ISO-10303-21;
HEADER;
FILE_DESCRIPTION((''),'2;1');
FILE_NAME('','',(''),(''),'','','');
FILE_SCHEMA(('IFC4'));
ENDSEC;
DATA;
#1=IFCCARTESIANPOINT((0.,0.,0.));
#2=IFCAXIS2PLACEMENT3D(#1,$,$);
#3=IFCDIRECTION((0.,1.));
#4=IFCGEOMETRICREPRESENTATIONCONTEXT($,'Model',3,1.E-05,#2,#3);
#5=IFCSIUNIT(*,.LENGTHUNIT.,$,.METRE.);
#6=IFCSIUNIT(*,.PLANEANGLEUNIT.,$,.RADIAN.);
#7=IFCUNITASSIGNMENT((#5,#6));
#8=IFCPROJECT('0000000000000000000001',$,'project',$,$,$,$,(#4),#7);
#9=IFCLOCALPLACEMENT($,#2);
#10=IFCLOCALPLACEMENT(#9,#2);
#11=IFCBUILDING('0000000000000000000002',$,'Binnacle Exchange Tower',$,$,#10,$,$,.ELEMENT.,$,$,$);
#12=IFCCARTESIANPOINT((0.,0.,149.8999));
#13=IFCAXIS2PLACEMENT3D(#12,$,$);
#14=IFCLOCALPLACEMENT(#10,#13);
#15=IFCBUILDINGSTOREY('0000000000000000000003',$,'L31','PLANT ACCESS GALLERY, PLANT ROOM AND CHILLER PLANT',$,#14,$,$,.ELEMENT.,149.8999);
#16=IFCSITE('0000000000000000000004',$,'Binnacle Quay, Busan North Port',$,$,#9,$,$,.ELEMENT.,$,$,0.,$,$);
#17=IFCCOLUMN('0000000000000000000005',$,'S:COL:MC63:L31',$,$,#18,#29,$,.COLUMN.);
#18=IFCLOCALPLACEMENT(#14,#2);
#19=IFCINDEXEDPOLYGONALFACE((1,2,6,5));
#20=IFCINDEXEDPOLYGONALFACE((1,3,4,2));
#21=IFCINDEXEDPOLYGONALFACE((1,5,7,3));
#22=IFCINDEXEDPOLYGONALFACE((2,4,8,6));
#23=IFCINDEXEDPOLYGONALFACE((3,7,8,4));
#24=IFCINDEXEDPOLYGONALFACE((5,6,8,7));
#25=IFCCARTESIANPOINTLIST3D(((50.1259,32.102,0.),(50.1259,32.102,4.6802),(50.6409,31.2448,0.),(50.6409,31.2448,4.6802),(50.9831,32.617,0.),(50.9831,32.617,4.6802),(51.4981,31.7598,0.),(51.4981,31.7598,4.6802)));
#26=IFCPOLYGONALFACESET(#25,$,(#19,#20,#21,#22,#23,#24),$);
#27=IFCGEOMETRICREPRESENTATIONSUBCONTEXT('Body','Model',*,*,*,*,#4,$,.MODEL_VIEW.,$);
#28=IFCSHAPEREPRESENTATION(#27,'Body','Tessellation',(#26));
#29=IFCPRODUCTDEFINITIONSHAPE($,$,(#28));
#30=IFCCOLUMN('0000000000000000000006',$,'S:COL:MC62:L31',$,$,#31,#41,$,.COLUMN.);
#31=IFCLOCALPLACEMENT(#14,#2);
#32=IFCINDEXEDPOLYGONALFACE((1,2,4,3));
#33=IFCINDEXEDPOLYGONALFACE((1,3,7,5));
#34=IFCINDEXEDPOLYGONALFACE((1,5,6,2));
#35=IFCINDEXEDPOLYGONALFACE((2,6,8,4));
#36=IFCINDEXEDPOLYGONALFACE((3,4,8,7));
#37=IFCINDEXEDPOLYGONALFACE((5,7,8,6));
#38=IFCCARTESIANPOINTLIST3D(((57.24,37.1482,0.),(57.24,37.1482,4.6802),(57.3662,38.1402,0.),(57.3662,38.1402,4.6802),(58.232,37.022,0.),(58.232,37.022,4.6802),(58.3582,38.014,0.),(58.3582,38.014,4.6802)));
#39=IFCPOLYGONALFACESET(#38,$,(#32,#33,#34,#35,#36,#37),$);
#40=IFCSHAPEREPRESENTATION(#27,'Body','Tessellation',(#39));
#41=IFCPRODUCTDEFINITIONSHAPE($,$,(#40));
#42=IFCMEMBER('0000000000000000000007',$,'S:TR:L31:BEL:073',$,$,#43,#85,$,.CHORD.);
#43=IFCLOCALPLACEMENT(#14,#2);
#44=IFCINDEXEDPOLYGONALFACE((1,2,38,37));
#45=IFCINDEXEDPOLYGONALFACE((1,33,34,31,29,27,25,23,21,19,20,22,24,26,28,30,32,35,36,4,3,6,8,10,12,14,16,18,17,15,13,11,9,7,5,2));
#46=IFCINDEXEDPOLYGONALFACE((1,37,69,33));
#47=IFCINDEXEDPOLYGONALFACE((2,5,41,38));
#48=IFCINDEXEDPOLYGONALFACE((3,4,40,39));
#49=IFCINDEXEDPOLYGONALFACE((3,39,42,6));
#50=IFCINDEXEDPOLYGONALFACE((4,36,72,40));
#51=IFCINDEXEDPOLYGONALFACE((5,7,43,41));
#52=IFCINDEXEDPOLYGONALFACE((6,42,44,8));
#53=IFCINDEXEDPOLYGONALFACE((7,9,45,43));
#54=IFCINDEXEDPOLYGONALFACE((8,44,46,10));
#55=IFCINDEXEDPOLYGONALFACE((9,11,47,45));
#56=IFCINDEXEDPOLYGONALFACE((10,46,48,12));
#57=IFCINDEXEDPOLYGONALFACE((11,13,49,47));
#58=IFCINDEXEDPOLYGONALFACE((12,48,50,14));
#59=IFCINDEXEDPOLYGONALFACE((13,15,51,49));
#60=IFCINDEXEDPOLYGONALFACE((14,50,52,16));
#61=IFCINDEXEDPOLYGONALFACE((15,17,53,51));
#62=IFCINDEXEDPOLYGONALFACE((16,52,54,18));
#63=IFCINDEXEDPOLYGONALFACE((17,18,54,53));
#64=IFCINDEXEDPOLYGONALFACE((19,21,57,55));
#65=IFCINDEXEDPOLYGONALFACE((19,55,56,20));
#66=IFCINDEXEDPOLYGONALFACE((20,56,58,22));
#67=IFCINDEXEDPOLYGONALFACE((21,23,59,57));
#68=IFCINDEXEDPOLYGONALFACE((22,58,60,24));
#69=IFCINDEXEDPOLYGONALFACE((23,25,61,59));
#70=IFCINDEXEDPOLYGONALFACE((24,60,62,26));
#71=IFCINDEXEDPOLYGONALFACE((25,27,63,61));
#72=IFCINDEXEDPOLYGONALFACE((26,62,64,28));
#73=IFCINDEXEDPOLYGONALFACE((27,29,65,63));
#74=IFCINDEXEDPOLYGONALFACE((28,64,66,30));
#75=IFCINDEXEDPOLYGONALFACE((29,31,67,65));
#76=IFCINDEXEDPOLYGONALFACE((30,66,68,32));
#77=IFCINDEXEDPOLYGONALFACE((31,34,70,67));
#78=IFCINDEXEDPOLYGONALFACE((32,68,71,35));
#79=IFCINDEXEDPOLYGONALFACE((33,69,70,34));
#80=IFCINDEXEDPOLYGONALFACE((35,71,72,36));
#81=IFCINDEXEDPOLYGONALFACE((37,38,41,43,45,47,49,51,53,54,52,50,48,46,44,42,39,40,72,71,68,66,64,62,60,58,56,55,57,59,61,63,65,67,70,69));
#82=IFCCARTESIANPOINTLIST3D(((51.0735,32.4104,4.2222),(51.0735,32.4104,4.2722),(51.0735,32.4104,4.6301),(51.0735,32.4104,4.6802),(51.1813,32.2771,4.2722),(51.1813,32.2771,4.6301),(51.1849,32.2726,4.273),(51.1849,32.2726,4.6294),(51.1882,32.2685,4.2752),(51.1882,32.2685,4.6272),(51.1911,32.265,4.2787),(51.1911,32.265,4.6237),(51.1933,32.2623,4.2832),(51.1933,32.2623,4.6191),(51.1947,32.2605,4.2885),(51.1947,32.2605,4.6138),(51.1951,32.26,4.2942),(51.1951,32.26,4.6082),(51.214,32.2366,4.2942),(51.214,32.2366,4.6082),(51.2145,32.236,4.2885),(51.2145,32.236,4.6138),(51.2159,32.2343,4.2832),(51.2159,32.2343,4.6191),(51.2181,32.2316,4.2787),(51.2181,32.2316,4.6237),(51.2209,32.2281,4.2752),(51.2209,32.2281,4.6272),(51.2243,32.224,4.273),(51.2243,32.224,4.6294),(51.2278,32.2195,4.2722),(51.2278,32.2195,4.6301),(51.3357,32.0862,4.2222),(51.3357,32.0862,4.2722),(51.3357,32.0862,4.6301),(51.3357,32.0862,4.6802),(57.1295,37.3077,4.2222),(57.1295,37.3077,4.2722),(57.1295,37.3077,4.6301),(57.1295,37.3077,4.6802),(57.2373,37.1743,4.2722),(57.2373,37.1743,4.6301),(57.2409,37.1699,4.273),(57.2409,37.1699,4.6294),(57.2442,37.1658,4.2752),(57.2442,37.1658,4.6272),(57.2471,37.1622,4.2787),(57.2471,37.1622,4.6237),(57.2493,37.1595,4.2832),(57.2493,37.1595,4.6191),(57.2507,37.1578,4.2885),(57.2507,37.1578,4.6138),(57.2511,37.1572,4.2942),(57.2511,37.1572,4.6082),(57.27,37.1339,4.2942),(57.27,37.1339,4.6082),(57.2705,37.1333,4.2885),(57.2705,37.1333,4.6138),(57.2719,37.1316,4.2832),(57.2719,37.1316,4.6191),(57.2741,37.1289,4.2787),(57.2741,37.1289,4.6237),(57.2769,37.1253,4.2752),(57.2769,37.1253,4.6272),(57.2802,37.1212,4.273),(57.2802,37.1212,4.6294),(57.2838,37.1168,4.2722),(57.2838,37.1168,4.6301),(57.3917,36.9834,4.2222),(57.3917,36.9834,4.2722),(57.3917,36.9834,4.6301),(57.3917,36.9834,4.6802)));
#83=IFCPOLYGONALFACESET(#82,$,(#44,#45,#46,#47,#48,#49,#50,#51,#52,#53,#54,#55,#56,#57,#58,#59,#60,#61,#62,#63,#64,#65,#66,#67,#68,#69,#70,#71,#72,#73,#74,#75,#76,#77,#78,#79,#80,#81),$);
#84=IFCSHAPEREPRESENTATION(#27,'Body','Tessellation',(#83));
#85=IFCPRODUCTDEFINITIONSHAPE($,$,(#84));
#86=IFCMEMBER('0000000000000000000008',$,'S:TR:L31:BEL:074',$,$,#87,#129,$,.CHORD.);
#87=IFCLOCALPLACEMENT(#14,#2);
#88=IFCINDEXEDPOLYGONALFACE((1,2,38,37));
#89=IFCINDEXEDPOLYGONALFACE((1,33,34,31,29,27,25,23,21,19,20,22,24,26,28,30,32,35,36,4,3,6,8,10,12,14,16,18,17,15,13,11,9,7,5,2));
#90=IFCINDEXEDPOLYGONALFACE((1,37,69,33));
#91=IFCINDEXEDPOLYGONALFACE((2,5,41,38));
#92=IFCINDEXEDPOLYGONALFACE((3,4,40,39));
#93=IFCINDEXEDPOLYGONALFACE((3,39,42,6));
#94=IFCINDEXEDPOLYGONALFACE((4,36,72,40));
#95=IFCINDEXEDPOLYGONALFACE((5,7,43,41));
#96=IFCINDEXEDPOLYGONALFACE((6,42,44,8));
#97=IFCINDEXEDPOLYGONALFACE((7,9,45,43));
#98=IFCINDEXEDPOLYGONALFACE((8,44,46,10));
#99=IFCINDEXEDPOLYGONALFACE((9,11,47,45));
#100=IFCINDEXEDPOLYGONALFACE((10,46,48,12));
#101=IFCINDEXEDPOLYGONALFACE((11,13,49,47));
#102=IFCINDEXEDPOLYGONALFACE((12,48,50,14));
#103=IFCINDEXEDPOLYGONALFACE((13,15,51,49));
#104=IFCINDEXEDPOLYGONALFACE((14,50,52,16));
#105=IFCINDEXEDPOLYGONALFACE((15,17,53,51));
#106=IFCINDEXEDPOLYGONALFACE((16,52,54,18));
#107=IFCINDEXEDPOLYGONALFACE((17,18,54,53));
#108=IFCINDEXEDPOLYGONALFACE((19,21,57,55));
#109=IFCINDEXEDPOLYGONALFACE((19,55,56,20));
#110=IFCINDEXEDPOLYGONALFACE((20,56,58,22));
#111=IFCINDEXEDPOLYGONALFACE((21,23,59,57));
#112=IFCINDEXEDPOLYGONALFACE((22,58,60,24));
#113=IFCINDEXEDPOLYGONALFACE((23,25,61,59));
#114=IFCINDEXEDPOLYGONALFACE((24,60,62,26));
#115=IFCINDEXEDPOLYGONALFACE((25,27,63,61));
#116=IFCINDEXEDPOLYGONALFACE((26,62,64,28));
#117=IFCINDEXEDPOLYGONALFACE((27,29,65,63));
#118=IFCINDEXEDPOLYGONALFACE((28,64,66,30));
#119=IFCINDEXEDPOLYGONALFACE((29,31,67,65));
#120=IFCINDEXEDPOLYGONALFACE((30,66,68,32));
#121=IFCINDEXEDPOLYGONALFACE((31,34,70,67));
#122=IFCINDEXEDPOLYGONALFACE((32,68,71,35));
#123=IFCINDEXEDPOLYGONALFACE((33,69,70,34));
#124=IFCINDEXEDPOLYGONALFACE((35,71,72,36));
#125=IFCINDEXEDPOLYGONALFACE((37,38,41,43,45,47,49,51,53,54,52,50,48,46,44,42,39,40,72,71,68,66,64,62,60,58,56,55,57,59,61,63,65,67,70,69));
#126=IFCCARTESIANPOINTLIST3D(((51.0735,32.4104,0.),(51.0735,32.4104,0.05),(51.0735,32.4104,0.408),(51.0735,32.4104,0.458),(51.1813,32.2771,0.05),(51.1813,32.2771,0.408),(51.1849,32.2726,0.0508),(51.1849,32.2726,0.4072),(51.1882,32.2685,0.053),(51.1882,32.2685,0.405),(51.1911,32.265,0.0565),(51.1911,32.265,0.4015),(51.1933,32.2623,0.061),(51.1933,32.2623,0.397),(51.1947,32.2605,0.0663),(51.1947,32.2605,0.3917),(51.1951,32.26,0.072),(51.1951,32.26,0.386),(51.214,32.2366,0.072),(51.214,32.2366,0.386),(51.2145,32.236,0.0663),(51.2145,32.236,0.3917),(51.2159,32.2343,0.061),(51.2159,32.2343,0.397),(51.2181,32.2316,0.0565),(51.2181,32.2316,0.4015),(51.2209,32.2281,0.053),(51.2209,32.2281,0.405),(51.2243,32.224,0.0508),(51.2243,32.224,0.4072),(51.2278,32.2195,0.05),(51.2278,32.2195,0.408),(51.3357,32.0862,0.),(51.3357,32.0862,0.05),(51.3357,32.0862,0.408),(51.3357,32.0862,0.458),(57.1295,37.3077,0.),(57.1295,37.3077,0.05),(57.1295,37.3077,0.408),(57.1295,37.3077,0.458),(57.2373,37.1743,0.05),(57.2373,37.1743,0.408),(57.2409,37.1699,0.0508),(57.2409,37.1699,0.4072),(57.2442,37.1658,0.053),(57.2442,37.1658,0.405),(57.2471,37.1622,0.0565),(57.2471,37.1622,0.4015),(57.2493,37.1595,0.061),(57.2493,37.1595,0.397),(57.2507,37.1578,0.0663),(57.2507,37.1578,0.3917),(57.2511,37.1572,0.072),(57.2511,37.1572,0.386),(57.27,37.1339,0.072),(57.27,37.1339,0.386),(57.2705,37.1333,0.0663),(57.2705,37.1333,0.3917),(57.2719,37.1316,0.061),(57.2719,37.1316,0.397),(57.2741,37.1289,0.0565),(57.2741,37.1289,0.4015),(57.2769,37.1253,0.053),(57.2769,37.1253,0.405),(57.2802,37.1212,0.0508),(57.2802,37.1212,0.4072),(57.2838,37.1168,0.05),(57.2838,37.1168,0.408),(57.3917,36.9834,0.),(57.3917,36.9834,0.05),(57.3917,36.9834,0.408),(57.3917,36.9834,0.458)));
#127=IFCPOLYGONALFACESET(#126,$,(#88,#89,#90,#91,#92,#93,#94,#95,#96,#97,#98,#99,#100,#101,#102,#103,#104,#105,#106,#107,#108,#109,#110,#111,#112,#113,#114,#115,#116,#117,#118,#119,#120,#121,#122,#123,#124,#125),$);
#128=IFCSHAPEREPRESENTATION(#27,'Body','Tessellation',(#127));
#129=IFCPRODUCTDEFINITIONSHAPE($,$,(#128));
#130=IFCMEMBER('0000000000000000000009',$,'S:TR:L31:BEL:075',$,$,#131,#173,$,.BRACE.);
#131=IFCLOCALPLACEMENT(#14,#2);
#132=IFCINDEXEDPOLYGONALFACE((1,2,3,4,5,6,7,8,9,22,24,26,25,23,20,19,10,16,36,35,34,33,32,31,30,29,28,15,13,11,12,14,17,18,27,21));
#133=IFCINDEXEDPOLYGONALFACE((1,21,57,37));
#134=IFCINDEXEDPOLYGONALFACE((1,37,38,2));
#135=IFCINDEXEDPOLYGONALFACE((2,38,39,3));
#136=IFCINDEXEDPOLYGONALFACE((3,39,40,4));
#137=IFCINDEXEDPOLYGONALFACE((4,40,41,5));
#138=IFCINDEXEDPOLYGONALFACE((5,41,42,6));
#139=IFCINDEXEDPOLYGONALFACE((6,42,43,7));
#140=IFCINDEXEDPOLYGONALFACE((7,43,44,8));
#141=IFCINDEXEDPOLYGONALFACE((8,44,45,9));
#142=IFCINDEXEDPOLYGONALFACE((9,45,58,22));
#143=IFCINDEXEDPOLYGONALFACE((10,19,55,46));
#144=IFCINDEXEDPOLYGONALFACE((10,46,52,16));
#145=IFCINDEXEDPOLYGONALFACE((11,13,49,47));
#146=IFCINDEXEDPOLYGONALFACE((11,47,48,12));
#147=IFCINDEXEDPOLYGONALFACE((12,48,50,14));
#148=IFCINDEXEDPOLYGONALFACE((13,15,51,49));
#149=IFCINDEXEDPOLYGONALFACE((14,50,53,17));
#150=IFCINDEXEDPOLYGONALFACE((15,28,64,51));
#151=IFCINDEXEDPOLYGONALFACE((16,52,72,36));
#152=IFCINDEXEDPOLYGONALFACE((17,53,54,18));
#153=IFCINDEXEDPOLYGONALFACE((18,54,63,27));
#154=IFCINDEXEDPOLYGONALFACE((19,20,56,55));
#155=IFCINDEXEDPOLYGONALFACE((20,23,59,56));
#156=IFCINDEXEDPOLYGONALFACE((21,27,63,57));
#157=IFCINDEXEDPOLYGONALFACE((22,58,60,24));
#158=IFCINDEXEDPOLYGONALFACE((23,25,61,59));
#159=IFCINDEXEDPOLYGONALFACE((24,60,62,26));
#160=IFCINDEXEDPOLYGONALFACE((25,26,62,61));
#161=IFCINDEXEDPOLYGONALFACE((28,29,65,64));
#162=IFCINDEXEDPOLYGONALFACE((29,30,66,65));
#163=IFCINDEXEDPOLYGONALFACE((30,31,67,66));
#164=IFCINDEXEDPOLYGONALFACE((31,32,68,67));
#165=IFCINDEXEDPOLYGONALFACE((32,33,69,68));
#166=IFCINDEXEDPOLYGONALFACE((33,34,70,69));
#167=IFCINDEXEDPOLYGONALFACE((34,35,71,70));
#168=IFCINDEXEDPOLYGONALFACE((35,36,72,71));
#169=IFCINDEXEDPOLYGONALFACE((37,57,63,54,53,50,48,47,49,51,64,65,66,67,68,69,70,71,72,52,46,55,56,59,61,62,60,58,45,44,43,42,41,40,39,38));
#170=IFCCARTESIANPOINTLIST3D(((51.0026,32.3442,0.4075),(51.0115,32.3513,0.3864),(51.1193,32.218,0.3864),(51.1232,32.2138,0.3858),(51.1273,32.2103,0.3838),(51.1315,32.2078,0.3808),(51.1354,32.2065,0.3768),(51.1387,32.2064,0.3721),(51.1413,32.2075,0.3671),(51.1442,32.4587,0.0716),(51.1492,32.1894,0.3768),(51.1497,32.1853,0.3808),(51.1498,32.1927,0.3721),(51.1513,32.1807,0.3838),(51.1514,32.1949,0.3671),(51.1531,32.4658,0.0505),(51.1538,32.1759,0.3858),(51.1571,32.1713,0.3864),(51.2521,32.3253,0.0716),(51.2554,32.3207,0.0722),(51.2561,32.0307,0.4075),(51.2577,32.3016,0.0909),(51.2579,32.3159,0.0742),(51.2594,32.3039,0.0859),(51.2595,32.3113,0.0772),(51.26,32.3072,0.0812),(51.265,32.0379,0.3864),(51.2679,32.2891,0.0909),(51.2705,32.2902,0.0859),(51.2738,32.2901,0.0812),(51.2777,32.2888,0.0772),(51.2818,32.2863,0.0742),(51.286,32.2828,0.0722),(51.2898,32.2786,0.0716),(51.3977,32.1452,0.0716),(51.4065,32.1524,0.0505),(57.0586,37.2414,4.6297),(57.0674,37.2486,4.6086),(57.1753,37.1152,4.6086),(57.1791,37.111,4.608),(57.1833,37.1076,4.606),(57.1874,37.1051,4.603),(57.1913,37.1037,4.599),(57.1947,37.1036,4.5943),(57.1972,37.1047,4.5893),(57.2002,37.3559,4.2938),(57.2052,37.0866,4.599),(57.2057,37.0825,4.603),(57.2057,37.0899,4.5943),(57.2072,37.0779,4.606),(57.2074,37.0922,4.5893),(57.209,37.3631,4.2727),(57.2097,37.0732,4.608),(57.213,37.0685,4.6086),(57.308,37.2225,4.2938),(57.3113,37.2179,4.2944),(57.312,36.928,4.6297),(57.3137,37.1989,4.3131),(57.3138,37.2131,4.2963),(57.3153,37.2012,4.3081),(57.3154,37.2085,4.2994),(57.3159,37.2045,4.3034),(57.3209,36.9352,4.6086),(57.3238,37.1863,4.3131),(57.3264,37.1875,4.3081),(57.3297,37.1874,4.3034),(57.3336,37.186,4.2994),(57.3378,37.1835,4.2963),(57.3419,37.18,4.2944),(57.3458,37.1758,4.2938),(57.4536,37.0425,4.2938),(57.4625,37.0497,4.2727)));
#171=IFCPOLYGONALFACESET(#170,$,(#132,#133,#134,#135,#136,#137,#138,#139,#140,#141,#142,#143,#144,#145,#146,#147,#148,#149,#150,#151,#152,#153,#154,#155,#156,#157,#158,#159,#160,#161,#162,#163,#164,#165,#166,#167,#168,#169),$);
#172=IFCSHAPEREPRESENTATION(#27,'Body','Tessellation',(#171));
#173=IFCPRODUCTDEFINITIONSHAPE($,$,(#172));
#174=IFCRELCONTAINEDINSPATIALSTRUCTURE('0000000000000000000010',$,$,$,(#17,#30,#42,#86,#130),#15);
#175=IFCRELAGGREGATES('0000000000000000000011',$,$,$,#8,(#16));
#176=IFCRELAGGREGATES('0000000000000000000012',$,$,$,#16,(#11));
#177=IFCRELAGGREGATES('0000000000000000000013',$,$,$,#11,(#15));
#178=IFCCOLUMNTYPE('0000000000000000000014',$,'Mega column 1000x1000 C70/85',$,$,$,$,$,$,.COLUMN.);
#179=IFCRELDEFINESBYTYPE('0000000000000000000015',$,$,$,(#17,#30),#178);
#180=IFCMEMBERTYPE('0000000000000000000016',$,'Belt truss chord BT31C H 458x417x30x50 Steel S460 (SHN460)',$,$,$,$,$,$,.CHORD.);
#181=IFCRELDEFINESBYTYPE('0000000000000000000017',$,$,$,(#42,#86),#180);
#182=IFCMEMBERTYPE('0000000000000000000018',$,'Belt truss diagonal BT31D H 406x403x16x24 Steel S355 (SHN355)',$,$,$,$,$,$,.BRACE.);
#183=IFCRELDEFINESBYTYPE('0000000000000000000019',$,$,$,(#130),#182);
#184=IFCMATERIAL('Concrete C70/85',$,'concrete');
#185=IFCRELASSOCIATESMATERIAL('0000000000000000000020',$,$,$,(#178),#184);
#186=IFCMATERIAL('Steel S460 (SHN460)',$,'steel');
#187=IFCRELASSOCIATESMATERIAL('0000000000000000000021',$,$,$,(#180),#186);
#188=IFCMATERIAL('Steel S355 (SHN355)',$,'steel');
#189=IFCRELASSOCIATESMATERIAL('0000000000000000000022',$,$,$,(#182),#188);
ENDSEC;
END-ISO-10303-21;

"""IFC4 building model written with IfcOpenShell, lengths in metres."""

from ifc_helpers import new_model, si_unit, direction, frame, origin, origin_2d, place, context, subcontext, project, spatial, rectangle, i_section, extrude, material, material_profile, profile_set, type_object, element, save


model = new_model("IFC4")

# Units and contexts
model_context = context("Model", 3, precision=1e-05, world=origin(), true_north=direction((0.0, 1.0)))
body_context = subcontext(model_context, "Body", "Model", "MODEL_VIEW")
ifc_project = project(units=[si_unit("LENGTHUNIT", "METRE"), si_unit("PLANEANGLEUNIT", "RADIAN")], contexts=[model_context])

# Site, building, storey
site_placement = place(None, origin())
site = spatial("IfcSite", under=ifc_project, at=site_placement, Name="Binnacle Quay, Busan North Port", CompositionType="ELEMENT", RefElevation=0.0)
building_placement = place(site_placement, origin())
building = spatial("IfcBuilding", under=site, at=building_placement, Name="Binnacle Exchange Tower", CompositionType="ELEMENT")
storey_placement = place(building_placement, frame((0.0, 0.0, 149.8999)))
storey = spatial("IfcBuildingStorey", under=building, at=storey_placement, Name="L31", Description="PLANT ACCESS GALLERY, PLANT ROOM AND CHILLER PLANT", CompositionType="ELEMENT", Elevation=149.8999)

# Columns
ifc_material_1 = material(Name="Concrete C70/85", Category="concrete")
ifc_material_profile_1 = material_profile(ifc_material_1, rectangle(XDim=1.0, YDim=1.0, at=origin_2d()), Name="Mega column 1000x1000 C70/85")
ifc_profile_set_1 = profile_set([ifc_material_profile_1], Name="Concrete C70/85")
column_type = type_object("IfcColumnType", Name="Mega column 1000x1000 C70/85", PredefinedType="COLUMN", material=ifc_profile_set_1)
for number, where, z_axis, x_axis, name in (
    (1, (50.812, 31.9309, 0.0), (0.0, 0.0, 1.0), (0.857167, 0.515038, 0.0), "S:COL:MC63:L31"),
    (2, (57.7991, 37.5811, 0.0), (0.0, 0.0, 1.0), (0.126199, 0.992005, 0.0), "S:COL:MC62:L31"),
):
    element("IfcColumn", number, at=place(storey_placement, frame(where, z_axis=z_axis, x_axis=x_axis)), inside=storey, type_object=column_type, Name=name, PredefinedType="COLUMN", context=body_context, shape_type="SweptSolid", body=[
        extrude(rectangle(XDim=1.0, YDim=1.0, at=origin_2d()), origin(), (0.0, 0.0, 1.0), 4.6802),
    ])

# Members
ifc_material_2 = material(Name="Steel S460 (SHN460)", Category="steel")
ifc_material_profile_2 = material_profile(ifc_material_2, i_section(OverallWidth=0.417, OverallDepth=0.458, WebThickness=0.03, FlangeThickness=0.05, FilletRadius=0.022, at=origin_2d()), Name="H 458x417x30x50")
ifc_profile_set_2 = profile_set([ifc_material_profile_2], Name="Steel S460 (SHN460)")
member_type_1 = type_object("IfcMemberType", Name="Belt truss chord BT31C H 458x417x30x50 Steel S460 (SHN460)", PredefinedType="CHORD", material=ifc_profile_set_2)
for number, where, z_axis, x_axis, name in (
    (3, (51.2046, 32.2483, 4.4512), (0.77757, 0.628796, 0.0), (-0.628796, 0.77757, 0.0), "S:TR:L31:BEL:073"),
    (4, (51.2046, 32.2483, 0.229), (0.77757, 0.628796, 0.0), (-0.628796, 0.77757, 0.0), "S:TR:L31:BEL:074"),
):
    element("IfcMember", number, at=place(storey_placement, frame(where, z_axis=z_axis, x_axis=x_axis)), inside=storey, type_object=member_type_1, Name=name, PredefinedType="CHORD", context=body_context, shape_type="SweptSolid", body=[
        extrude(i_section(OverallWidth=0.417, OverallDepth=0.458, WebThickness=0.03, FlangeThickness=0.05, FilletRadius=0.022, at=origin_2d()), origin(), (0.0, 0.0, 1.0), 7.7883),
    ])
ifc_material_3 = material(Name="Steel S355 (SHN355)", Category="steel")
ifc_material_profile_3 = material_profile(ifc_material_3, i_section(OverallWidth=0.4031, OverallDepth=0.406, WebThickness=0.0161, FlangeThickness=0.0239, FilletRadius=0.022, at=origin_2d()), Name="H 406x403x16x24")
ifc_profile_set_3 = profile_set([ifc_material_profile_3], Name="Steel S355 (SHN355)")
member_type_2 = type_object("IfcMemberType", Name="Belt truss diagonal BT31D H 406x403x16x24 Steel S355 (SHN355)", PredefinedType="BRACE", material=ifc_profile_set_3)
member_1_placement = place(storey_placement, frame((51.2046, 32.2483, 0.229), z_axis=(0.683581, 0.55279, 0.476592), x_axis=(-0.628796, 0.77757, 0.0)))
element("IfcMember", 5, at=member_1_placement, inside=storey, type_object=member_type_2, Name="S:TR:L31:BEL:075", PredefinedType="BRACE", context=body_context, shape_type="SweptSolid", body=[
    extrude(i_section(OverallWidth=0.4031, OverallDepth=0.406, WebThickness=0.0161, FlangeThickness=0.0239, FilletRadius=0.022, at=origin_2d()), origin(), (0.0, 0.0, 1.0), 8.8591),
])

save(model, "model.ifc")
